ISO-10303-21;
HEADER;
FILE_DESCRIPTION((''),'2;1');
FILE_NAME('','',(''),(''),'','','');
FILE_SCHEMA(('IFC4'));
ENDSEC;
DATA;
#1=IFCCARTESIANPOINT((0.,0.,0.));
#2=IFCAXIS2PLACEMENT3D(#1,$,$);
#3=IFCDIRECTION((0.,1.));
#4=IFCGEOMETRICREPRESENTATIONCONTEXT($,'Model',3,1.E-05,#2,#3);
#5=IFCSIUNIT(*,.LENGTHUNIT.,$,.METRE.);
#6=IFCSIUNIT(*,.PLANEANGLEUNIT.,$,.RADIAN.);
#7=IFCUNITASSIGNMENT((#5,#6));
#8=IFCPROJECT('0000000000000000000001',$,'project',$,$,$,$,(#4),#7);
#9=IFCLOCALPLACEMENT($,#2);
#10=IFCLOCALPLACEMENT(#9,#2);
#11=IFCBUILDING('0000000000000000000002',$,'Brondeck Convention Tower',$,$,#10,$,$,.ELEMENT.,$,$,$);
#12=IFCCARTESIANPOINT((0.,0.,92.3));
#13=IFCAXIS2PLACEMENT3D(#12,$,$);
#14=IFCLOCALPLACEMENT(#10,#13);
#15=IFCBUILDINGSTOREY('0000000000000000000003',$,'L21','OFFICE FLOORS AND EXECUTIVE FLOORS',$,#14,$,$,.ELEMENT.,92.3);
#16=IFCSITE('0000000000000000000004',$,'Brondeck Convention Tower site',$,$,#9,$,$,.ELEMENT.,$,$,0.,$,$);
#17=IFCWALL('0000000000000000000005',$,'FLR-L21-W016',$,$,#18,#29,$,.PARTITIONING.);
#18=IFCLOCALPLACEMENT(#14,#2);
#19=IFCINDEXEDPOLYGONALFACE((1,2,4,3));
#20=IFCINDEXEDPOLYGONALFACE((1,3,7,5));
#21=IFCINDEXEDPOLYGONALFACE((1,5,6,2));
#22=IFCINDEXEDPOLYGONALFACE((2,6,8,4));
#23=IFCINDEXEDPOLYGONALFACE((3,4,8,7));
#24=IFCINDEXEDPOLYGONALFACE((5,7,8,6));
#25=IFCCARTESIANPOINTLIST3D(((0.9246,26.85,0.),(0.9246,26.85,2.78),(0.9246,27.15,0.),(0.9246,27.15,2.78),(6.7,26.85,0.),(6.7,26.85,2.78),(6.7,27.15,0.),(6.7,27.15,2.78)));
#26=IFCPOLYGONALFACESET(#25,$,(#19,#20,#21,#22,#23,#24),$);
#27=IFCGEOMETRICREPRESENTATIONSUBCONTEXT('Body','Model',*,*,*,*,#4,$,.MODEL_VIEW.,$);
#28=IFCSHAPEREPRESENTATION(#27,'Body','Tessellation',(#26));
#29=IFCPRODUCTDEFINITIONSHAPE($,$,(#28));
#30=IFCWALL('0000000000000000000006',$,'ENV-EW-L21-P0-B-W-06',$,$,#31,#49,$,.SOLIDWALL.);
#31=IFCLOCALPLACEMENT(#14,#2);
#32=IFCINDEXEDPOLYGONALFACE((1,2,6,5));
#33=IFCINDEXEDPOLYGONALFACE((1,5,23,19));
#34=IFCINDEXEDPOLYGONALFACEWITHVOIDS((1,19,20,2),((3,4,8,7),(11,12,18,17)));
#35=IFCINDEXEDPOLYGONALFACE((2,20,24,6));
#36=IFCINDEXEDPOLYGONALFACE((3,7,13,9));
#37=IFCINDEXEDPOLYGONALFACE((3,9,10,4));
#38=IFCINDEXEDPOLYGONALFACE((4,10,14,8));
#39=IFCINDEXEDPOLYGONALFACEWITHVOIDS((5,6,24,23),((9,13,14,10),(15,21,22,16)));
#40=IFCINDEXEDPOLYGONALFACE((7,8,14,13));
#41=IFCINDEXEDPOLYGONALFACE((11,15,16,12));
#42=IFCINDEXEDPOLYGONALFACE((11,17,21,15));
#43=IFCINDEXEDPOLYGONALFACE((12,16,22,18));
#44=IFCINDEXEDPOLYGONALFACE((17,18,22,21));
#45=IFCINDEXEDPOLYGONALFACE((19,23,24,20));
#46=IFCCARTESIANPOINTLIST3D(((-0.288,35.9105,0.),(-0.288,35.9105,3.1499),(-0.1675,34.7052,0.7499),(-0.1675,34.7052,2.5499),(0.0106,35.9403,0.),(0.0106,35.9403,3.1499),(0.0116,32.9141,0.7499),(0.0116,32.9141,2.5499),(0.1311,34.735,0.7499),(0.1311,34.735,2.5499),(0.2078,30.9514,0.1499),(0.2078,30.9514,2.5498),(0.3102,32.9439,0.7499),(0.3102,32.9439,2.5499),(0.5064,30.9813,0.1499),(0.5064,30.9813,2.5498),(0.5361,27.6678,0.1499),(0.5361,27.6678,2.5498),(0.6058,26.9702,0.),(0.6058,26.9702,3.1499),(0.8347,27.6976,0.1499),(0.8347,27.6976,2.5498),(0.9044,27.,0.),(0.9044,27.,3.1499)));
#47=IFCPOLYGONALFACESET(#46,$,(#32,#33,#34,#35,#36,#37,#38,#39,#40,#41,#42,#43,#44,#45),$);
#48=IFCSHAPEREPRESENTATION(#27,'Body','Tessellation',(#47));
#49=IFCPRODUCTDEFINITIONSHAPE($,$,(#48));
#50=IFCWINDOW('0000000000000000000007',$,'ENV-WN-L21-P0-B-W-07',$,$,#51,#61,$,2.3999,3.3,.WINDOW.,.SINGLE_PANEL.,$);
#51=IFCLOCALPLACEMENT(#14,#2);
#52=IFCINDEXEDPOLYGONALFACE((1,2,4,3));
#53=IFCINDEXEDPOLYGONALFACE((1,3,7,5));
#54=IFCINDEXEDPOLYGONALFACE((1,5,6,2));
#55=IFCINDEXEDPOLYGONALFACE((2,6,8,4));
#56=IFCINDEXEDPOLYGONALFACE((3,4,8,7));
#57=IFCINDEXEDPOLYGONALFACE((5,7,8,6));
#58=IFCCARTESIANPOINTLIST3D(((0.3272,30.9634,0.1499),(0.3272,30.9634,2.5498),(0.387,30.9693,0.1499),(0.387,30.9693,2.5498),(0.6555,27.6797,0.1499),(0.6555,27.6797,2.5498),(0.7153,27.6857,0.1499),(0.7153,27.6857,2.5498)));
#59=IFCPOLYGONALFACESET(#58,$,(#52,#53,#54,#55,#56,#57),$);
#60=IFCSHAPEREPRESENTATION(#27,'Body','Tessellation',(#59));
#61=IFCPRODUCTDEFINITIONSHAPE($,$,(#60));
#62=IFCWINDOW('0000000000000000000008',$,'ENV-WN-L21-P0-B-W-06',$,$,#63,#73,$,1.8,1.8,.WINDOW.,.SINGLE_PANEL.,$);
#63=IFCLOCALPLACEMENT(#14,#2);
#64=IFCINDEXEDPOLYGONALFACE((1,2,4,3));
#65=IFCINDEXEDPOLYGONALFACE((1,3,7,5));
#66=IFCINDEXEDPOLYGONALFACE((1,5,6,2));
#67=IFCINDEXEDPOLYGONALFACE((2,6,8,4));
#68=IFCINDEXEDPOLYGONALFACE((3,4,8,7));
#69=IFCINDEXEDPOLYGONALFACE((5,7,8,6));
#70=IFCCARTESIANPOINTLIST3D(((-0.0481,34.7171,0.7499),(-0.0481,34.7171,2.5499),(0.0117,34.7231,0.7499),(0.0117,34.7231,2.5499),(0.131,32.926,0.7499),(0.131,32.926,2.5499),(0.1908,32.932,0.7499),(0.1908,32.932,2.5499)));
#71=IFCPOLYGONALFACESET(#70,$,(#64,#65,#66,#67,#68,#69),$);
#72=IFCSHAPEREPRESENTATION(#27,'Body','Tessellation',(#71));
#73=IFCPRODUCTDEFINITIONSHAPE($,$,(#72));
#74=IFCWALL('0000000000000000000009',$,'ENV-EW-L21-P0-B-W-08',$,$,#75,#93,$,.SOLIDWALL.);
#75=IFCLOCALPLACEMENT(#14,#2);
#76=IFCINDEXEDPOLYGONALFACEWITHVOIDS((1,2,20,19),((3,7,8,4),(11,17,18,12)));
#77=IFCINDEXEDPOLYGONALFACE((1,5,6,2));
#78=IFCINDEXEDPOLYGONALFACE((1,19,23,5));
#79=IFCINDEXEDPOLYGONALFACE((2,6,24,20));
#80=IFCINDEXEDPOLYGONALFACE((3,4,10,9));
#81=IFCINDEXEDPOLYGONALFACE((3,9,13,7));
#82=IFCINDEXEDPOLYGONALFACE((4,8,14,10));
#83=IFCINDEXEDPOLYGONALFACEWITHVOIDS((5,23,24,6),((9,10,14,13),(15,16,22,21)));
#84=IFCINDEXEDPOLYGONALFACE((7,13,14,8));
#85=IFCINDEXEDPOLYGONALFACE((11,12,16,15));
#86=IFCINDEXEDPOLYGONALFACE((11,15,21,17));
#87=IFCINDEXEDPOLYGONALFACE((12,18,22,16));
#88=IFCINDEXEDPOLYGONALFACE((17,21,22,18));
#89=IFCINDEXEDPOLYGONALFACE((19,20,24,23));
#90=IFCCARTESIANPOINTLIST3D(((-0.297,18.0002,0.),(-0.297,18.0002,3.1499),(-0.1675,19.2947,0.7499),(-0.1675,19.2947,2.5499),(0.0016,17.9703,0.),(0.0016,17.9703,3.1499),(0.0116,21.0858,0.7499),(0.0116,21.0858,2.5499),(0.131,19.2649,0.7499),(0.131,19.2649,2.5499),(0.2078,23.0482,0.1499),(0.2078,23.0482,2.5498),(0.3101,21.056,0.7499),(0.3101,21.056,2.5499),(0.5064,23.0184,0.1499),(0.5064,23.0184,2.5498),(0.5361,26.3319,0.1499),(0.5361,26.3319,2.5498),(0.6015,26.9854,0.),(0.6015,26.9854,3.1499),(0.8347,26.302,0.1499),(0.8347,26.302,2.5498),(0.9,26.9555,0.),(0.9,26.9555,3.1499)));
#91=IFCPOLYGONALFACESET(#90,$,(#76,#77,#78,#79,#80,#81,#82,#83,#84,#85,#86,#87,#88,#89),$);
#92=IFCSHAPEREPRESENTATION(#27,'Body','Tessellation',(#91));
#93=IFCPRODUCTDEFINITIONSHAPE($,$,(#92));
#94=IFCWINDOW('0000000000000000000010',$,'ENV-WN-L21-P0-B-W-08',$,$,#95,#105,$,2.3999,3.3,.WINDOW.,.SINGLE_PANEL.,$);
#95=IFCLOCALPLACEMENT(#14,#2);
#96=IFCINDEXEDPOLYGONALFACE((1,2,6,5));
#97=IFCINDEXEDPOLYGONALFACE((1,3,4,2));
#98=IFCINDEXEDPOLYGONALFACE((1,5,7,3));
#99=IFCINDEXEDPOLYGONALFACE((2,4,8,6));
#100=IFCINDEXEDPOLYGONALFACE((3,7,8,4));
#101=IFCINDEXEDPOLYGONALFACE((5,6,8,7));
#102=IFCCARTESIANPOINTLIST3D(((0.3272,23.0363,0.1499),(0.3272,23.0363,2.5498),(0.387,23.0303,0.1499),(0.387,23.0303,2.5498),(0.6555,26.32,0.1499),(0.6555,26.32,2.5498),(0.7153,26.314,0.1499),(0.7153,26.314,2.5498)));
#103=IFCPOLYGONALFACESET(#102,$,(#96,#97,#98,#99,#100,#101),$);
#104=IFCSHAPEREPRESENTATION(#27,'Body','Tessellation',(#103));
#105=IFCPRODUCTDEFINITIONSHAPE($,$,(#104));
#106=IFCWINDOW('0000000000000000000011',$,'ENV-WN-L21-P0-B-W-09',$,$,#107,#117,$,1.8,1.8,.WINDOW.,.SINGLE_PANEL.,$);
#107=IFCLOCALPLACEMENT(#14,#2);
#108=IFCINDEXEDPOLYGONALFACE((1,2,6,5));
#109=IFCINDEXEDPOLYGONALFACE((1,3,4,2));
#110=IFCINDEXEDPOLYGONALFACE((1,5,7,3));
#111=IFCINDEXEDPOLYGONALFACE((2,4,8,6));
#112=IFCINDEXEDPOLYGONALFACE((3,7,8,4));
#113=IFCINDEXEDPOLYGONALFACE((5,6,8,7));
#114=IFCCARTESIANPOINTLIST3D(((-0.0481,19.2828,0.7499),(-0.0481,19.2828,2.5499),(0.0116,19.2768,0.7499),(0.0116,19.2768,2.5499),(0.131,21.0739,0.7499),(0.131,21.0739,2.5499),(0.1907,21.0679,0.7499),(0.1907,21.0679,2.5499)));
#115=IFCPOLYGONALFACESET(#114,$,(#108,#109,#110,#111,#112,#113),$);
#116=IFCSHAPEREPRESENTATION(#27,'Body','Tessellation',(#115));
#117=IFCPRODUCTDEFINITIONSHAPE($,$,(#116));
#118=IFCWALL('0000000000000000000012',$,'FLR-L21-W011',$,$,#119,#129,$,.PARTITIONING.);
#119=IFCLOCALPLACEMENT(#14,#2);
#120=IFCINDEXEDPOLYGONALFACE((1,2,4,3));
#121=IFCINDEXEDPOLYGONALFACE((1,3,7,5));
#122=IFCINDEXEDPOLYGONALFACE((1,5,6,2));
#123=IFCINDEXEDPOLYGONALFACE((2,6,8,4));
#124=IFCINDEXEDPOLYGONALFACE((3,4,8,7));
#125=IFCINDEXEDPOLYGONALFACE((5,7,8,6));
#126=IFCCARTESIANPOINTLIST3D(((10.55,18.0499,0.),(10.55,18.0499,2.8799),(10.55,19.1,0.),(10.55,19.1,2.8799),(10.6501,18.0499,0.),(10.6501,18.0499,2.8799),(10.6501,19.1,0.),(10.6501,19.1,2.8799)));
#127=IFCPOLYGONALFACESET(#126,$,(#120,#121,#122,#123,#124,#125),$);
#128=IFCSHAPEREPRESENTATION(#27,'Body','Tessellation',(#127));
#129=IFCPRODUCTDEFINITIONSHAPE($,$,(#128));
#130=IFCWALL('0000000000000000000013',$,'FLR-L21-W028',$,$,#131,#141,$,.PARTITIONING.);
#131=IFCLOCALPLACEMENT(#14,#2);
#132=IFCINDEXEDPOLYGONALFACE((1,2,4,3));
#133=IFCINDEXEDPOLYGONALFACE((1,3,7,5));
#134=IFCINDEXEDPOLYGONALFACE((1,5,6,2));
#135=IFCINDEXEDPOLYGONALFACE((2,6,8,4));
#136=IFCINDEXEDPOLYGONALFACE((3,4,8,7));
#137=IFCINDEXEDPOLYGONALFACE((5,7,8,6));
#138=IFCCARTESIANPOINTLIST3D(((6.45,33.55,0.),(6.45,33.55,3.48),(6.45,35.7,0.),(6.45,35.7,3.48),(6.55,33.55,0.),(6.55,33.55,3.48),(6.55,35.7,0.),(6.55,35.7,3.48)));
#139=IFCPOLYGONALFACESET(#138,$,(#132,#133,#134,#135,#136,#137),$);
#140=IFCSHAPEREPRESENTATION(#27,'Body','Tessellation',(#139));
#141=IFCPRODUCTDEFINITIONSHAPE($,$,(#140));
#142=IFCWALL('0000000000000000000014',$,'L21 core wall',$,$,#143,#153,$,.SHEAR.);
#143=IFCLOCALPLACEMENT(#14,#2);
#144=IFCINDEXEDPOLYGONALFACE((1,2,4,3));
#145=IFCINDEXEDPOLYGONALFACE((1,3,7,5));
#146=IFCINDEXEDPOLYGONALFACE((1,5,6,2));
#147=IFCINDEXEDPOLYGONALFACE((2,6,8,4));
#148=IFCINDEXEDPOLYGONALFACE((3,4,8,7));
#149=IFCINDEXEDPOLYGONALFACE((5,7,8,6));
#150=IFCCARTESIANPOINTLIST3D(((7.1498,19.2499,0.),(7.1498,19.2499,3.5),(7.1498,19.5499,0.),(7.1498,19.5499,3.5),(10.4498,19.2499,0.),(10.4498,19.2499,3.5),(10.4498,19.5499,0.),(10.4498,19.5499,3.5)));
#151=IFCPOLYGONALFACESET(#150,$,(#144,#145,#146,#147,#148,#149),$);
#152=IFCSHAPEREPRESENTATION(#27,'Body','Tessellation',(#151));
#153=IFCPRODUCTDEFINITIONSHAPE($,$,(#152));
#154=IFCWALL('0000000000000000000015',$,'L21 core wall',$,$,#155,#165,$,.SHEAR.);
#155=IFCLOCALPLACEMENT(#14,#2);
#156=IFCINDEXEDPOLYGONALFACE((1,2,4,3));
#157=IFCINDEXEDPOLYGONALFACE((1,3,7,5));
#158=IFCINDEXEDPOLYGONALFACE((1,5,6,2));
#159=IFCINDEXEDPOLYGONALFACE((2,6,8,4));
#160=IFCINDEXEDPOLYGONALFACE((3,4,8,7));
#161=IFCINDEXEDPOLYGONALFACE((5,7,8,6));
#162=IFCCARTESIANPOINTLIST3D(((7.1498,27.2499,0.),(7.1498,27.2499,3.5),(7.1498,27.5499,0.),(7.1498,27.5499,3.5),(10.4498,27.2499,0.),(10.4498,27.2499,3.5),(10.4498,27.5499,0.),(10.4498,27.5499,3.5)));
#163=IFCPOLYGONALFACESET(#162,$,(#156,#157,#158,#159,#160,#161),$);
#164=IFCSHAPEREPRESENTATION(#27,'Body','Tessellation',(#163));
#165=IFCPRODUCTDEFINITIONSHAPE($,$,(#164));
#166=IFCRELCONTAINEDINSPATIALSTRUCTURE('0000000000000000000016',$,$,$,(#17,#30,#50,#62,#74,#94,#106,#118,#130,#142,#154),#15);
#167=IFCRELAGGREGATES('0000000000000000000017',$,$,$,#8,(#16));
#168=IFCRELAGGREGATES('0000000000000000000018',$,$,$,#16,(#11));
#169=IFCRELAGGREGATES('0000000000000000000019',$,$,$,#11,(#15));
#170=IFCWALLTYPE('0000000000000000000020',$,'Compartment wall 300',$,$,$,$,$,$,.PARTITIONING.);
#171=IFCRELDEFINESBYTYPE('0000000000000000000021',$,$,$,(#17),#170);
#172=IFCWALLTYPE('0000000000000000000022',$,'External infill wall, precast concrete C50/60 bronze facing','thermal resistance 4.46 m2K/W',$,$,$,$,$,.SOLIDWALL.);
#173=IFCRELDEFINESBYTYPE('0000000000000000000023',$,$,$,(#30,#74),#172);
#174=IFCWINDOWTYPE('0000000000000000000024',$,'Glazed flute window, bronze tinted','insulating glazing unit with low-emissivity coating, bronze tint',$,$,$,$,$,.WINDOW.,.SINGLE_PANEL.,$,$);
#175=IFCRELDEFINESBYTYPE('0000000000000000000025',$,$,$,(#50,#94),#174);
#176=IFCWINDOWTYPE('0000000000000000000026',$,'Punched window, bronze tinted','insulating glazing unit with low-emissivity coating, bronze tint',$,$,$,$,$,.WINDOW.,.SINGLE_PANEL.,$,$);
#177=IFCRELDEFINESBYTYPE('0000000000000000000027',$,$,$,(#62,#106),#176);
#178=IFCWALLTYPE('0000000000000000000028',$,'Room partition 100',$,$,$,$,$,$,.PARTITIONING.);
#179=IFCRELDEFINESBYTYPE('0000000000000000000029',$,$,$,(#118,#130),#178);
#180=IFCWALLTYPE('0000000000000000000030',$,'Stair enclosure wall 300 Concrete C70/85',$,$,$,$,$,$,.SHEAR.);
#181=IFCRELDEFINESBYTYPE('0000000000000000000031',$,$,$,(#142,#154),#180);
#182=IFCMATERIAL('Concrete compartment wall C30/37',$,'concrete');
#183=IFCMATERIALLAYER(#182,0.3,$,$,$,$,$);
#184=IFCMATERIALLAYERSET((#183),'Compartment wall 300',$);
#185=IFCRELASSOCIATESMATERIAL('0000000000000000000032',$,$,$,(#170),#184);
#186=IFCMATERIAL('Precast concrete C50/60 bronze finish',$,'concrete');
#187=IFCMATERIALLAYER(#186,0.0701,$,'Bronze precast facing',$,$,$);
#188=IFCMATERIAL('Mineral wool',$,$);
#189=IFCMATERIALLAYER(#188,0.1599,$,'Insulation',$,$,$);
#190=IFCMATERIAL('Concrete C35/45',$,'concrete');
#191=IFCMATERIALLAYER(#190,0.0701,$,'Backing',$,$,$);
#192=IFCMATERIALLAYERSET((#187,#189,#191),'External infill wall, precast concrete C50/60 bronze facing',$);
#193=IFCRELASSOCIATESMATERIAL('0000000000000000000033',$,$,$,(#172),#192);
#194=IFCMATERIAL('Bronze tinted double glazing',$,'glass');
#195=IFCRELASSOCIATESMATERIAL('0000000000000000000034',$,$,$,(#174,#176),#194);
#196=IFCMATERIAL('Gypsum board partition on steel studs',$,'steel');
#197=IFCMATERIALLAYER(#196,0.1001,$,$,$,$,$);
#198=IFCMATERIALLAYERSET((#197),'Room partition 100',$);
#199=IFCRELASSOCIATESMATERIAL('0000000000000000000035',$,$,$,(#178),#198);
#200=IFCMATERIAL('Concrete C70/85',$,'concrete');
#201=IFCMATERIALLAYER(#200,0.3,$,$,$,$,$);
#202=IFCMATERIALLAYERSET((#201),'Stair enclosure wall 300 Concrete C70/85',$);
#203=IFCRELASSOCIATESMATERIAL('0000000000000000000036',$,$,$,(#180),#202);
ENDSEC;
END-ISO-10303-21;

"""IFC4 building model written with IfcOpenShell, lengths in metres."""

from ifc_helpers import new_model, si_unit, direction, frame, frame_2d, origin, place, context, subcontext, project, spatial, rectangle, extrude, material, layer, layer_set, type_object, element, fill, save


model = new_model("IFC4")

# Units and contexts
model_context = context("Model", 3, precision=1e-05, world=origin(), true_north=direction((0.0, 1.0)))
body_context = subcontext(model_context, "Body", "Model", "MODEL_VIEW")
ifc_project = project(units=[si_unit("LENGTHUNIT", "METRE"), si_unit("PLANEANGLEUNIT", "RADIAN")], contexts=[model_context])

# Site, building, storey
site_placement = place(None, origin())
site = spatial("IfcSite", under=ifc_project, at=site_placement, Name="Brondeck Convention Tower site", CompositionType="ELEMENT", RefElevation=0.0)
building_placement = place(site_placement, origin())
building = spatial("IfcBuilding", under=site, at=building_placement, Name="Brondeck Convention Tower", CompositionType="ELEMENT")
storey_placement = place(building_placement, frame((0.0, 0.0, 92.3)))
storey = spatial("IfcBuildingStorey", under=building, at=storey_placement, Name="L21", Description="OFFICE FLOORS AND EXECUTIVE FLOORS", CompositionType="ELEMENT", Elevation=92.3)

# Shared definitions
ifc_material_1 = material(Name="Concrete C70/85", Category="concrete")

# Wall
ifc_material_2 = material(Name="Concrete compartment wall C30/37", Category="concrete")
ifc_layer_1 = layer(ifc_material_2, 0.3)
ifc_layer_set_1 = layer_set([ifc_layer_1], Name="Compartment wall 300")
wall_type_1 = type_object("IfcWallType", Name="Compartment wall 300", PredefinedType="PARTITIONING", material=ifc_layer_set_1)
wall_1_placement = place(storey_placement, frame((0.9246, 27.0, 0.0), z_axis=(0.0, 0.0, 1.0), x_axis=(1.0, 0.0, 0.0)))
element("IfcWall", 1, at=wall_1_placement, inside=storey, type_object=wall_type_1, Name="FLR-L21-W016", PredefinedType="PARTITIONING", context=body_context, shape_type="SweptSolid", body=[
    extrude(rectangle(XDim=5.7754, YDim=0.3, at=frame_2d((2.8877, 0.0))), origin(), (0.0, 0.0, 1.0), 2.78),
])

# Walls, openings, windows
ifc_material_3 = material(Name="Precast concrete C50/60 bronze finish", Category="concrete")
ifc_layer_2 = layer(ifc_material_3, 0.0701, Name="Bronze precast facing")
ifc_material_4 = material(Name="Mineral wool")
ifc_layer_3 = layer(ifc_material_4, 0.1599, Name="Insulation")
ifc_material_5 = material(Name="Concrete C35/45", Category="concrete")
ifc_layer_4 = layer(ifc_material_5, 0.0701, Name="Backing")
ifc_layer_set_2 = layer_set([ifc_layer_2, ifc_layer_3, ifc_layer_4], Name="External infill wall, precast concrete C50/60 bronze facing")
wall_type_2 = type_object("IfcWallType", Name="External infill wall, precast concrete C50/60 bronze facing", Description="thermal resistance 4.46 m2K/W", PredefinedType="SOLIDWALL", material=ifc_layer_set_2)
wall_2_placement = place(storey_placement, frame((0.7551, 26.9851, 0.0), z_axis=(0.0, 0.0, 1.0), x_axis=(-0.09948, 0.99504, 0.0)))
wall_2 = element("IfcWall", 2, at=wall_2_placement, inside=storey, type_object=wall_type_2, Name="ENV-EW-L21-P0-B-W-06", PredefinedType="SOLIDWALL", context=body_context, shape_type="SweptSolid", body=[
    extrude(rectangle(XDim=8.9849, YDim=0.3, at=frame_2d((4.4924, 0.0))), origin(), (0.0, 0.0, 1.0), 3.1499),
])
opening_1_placement = place(wall_2_placement, frame((0.7012, 0.0, 0.1499)))
opening_1 = element("IfcOpeningElement", 3, at=opening_1_placement, cuts=wall_2, PredefinedType="OPENING", context=body_context, shape_type="SweptSolid", body=[
    extrude(rectangle(XDim=3.3, YDim=2.3999, at=frame_2d((1.6499, 1.2))), frame((0.0, 0.1599, 0.0), z_axis=(0.0, -1.0, 0.0), x_axis=(1.0, 0.0, 0.0)), (0.0, 0.0, 1.0), 0.3201),
])
opening_2_placement = place(wall_2_placement, frame((5.9736, 0.0, 0.75)))
opening_2 = element("IfcOpeningElement", 4, at=opening_2_placement, cuts=wall_2, PredefinedType="OPENING", context=body_context, shape_type="SweptSolid", body=[
    extrude(rectangle(XDim=1.8, YDim=1.8, at=frame_2d((0.8999, 0.8999))), frame((0.0, 0.1599, 0.0), z_axis=(0.0, -1.0, 0.0), x_axis=(1.0, 0.0, 0.0)), (0.0, 0.0, 1.0), 0.3201),
])
ifc_material_6 = material(Name="Bronze tinted double glazing", Category="glass")
window_type_1 = type_object("IfcWindowType", Name="Glazed flute window, bronze tinted", Description="insulating glazing unit with low-emissivity coating, bronze tint", PartitioningType="SINGLE_PANEL", PredefinedType="WINDOW", material=ifc_material_6)
window_1_placement = place(opening_1_placement, origin())
window_1 = element("IfcWindow", 5, at=window_1_placement, inside=storey, type_object=window_type_1, Name="ENV-WN-L21-P0-B-W-07", OverallHeight=2.3999, OverallWidth=3.3, PartitioningType="SINGLE_PANEL", PredefinedType="WINDOW", context=body_context, shape_type="SweptSolid", body=[
    extrude(rectangle(XDim=3.3, YDim=2.3999, at=frame_2d((1.6499, 1.2))), frame((0.0, 0.03, 0.0), z_axis=(0.0, -1.0, 0.0), x_axis=(1.0, 0.0, 0.0)), (0.0, 0.0, 1.0), 0.0601),
])
fill(opening_1, window_1)
window_type_2 = type_object("IfcWindowType", Name="Punched window, bronze tinted", Description="insulating glazing unit with low-emissivity coating, bronze tint", PartitioningType="SINGLE_PANEL", PredefinedType="WINDOW", material=ifc_material_6)
window_2_placement = place(opening_2_placement, origin())
window_2 = element("IfcWindow", 6, at=window_2_placement, inside=storey, type_object=window_type_2, Name="ENV-WN-L21-P0-B-W-06", OverallHeight=1.8, OverallWidth=1.8, PartitioningType="SINGLE_PANEL", PredefinedType="WINDOW", context=body_context, shape_type="SweptSolid", body=[
    extrude(rectangle(XDim=1.8, YDim=1.8, at=frame_2d((0.8999, 0.8999))), frame((0.0, 0.03, 0.0), z_axis=(0.0, -1.0, 0.0), x_axis=(1.0, 0.0, 0.0)), (0.0, 0.0, 1.0), 0.0601),
])
fill(opening_2, window_2)
wall_3_placement = place(storey_placement, frame((-0.1477, 17.9851, 0.0), z_axis=(0.0, 0.0, 1.0), x_axis=(0.099496, 0.995038, 0.0)))
wall_3 = element("IfcWall", 7, at=wall_3_placement, inside=storey, type_object=wall_type_2, Name="ENV-EW-L21-P0-B-W-08", PredefinedType="SOLIDWALL", context=body_context, shape_type="SweptSolid", body=[
    extrude(rectangle(XDim=9.03, YDim=0.3, at=frame_2d((4.5151, 0.0))), origin(), (0.0, 0.0, 1.0), 3.1499),
])
opening_3_placement = place(wall_3_placement, frame((1.3013, 0.0, 0.75)))
opening_3 = element("IfcOpeningElement", 8, at=opening_3_placement, cuts=wall_3, PredefinedType="OPENING", context=body_context, shape_type="SweptSolid", body=[
    extrude(rectangle(XDim=1.8, YDim=1.8, at=frame_2d((0.8999, 0.8999))), frame((0.0, 0.1599, 0.0), z_axis=(0.0, -1.0, 0.0), x_axis=(1.0, 0.0, 0.0)), (0.0, 0.0, 1.0), 0.3201),
])
opening_4_placement = place(wall_3_placement, frame((5.0735, 0.0, 0.1499)))
opening_4 = element("IfcOpeningElement", 9, at=opening_4_placement, cuts=wall_3, PredefinedType="OPENING", context=body_context, shape_type="SweptSolid", body=[
    extrude(rectangle(XDim=3.3, YDim=2.3999, at=frame_2d((1.6499, 1.2))), frame((0.0, 0.1599, 0.0), z_axis=(0.0, -1.0, 0.0), x_axis=(1.0, 0.0, 0.0)), (0.0, 0.0, 1.0), 0.3201),
])
window_3_placement = place(opening_4_placement, origin())
window_3 = element("IfcWindow", 10, at=window_3_placement, inside=storey, type_object=window_type_1, Name="ENV-WN-L21-P0-B-W-08", OverallHeight=2.3999, OverallWidth=3.3, PartitioningType="SINGLE_PANEL", PredefinedType="WINDOW", context=body_context, shape_type="SweptSolid", body=[
    extrude(rectangle(XDim=3.3, YDim=2.3999, at=frame_2d((1.6499, 1.2))), frame((0.0, 0.03, 0.0), z_axis=(0.0, -1.0, 0.0), x_axis=(1.0, 0.0, 0.0)), (0.0, 0.0, 1.0), 0.0601),
])
fill(opening_4, window_3)
window_4_placement = place(opening_3_placement, origin())
window_4 = element("IfcWindow", 11, at=window_4_placement, inside=storey, type_object=window_type_2, Name="ENV-WN-L21-P0-B-W-09", OverallHeight=1.8, OverallWidth=1.8, PartitioningType="SINGLE_PANEL", PredefinedType="WINDOW", context=body_context, shape_type="SweptSolid", body=[
    extrude(rectangle(XDim=1.8, YDim=1.8, at=frame_2d((0.8999, 0.8999))), frame((0.0, 0.03, 0.0), z_axis=(0.0, -1.0, 0.0), x_axis=(1.0, 0.0, 0.0)), (0.0, 0.0, 1.0), 0.0601),
])
fill(opening_3, window_4)

# Walls
ifc_material_7 = material(Name="Gypsum board partition on steel studs", Category="steel")
ifc_layer_5 = layer(ifc_material_7, 0.1001)
ifc_layer_set_3 = layer_set([ifc_layer_5], Name="Room partition 100")
wall_type_3 = type_object("IfcWallType", Name="Room partition 100", PredefinedType="PARTITIONING", material=ifc_layer_set_3)
wall_4_placement = place(storey_placement, frame((10.6001, 18.05, 0.0), z_axis=(0.0, 0.0, 1.0), x_axis=(0.0, 1.0, 0.0)))
element("IfcWall", 12, at=wall_4_placement, inside=storey, type_object=wall_type_3, Name="FLR-L21-W011", PredefinedType="PARTITIONING", context=body_context, shape_type="SweptSolid", body=[
    extrude(rectangle(XDim=1.05, YDim=0.1001, at=frame_2d((0.5249, 0.0))), origin(), (0.0, 0.0, 1.0), 2.8799),
])
wall_5_placement = place(storey_placement, frame((6.5, 33.55, 0.0), z_axis=(0.0, 0.0, 1.0), x_axis=(0.0, 1.0, 0.0)))
element("IfcWall", 13, at=wall_5_placement, inside=storey, type_object=wall_type_3, Name="FLR-L21-W028", PredefinedType="PARTITIONING", context=body_context, shape_type="SweptSolid", body=[
    extrude(rectangle(XDim=2.1499, YDim=0.1001, at=frame_2d((1.075, 0.0))), origin(), (0.0, 0.0, 1.0), 3.48),
])
ifc_layer_6 = layer(ifc_material_1, 0.3)
ifc_layer_set_4 = layer_set([ifc_layer_6], Name="Stair enclosure wall 300 Concrete C70/85")
wall_type_4 = type_object("IfcWallType", Name="Stair enclosure wall 300 Concrete C70/85", PredefinedType="SHEAR", material=ifc_layer_set_4)
for number, where, z_axis, x_axis, name in (
    (14, (7.1499, 19.3999, 0.0), (0.0, 0.0, 1.0), (1.0, 0.0, 0.0), "L21 core wall"),
    (15, (7.1499, 27.3999, 0.0), (0.0, 0.0, 1.0), (1.0, 0.0, 0.0), "L21 core wall"),
):
    element("IfcWall", number, at=place(storey_placement, frame(where, z_axis=z_axis, x_axis=x_axis)), inside=storey, type_object=wall_type_4, Name=name, PredefinedType="SHEAR", context=body_context, shape_type="SweptSolid", body=[
        extrude(rectangle(XDim=3.3, YDim=0.3, at=frame_2d((1.6499, 0.0))), origin(), (0.0, 0.0, 1.0), 3.5),
    ])

save(model, "model.ifc")
